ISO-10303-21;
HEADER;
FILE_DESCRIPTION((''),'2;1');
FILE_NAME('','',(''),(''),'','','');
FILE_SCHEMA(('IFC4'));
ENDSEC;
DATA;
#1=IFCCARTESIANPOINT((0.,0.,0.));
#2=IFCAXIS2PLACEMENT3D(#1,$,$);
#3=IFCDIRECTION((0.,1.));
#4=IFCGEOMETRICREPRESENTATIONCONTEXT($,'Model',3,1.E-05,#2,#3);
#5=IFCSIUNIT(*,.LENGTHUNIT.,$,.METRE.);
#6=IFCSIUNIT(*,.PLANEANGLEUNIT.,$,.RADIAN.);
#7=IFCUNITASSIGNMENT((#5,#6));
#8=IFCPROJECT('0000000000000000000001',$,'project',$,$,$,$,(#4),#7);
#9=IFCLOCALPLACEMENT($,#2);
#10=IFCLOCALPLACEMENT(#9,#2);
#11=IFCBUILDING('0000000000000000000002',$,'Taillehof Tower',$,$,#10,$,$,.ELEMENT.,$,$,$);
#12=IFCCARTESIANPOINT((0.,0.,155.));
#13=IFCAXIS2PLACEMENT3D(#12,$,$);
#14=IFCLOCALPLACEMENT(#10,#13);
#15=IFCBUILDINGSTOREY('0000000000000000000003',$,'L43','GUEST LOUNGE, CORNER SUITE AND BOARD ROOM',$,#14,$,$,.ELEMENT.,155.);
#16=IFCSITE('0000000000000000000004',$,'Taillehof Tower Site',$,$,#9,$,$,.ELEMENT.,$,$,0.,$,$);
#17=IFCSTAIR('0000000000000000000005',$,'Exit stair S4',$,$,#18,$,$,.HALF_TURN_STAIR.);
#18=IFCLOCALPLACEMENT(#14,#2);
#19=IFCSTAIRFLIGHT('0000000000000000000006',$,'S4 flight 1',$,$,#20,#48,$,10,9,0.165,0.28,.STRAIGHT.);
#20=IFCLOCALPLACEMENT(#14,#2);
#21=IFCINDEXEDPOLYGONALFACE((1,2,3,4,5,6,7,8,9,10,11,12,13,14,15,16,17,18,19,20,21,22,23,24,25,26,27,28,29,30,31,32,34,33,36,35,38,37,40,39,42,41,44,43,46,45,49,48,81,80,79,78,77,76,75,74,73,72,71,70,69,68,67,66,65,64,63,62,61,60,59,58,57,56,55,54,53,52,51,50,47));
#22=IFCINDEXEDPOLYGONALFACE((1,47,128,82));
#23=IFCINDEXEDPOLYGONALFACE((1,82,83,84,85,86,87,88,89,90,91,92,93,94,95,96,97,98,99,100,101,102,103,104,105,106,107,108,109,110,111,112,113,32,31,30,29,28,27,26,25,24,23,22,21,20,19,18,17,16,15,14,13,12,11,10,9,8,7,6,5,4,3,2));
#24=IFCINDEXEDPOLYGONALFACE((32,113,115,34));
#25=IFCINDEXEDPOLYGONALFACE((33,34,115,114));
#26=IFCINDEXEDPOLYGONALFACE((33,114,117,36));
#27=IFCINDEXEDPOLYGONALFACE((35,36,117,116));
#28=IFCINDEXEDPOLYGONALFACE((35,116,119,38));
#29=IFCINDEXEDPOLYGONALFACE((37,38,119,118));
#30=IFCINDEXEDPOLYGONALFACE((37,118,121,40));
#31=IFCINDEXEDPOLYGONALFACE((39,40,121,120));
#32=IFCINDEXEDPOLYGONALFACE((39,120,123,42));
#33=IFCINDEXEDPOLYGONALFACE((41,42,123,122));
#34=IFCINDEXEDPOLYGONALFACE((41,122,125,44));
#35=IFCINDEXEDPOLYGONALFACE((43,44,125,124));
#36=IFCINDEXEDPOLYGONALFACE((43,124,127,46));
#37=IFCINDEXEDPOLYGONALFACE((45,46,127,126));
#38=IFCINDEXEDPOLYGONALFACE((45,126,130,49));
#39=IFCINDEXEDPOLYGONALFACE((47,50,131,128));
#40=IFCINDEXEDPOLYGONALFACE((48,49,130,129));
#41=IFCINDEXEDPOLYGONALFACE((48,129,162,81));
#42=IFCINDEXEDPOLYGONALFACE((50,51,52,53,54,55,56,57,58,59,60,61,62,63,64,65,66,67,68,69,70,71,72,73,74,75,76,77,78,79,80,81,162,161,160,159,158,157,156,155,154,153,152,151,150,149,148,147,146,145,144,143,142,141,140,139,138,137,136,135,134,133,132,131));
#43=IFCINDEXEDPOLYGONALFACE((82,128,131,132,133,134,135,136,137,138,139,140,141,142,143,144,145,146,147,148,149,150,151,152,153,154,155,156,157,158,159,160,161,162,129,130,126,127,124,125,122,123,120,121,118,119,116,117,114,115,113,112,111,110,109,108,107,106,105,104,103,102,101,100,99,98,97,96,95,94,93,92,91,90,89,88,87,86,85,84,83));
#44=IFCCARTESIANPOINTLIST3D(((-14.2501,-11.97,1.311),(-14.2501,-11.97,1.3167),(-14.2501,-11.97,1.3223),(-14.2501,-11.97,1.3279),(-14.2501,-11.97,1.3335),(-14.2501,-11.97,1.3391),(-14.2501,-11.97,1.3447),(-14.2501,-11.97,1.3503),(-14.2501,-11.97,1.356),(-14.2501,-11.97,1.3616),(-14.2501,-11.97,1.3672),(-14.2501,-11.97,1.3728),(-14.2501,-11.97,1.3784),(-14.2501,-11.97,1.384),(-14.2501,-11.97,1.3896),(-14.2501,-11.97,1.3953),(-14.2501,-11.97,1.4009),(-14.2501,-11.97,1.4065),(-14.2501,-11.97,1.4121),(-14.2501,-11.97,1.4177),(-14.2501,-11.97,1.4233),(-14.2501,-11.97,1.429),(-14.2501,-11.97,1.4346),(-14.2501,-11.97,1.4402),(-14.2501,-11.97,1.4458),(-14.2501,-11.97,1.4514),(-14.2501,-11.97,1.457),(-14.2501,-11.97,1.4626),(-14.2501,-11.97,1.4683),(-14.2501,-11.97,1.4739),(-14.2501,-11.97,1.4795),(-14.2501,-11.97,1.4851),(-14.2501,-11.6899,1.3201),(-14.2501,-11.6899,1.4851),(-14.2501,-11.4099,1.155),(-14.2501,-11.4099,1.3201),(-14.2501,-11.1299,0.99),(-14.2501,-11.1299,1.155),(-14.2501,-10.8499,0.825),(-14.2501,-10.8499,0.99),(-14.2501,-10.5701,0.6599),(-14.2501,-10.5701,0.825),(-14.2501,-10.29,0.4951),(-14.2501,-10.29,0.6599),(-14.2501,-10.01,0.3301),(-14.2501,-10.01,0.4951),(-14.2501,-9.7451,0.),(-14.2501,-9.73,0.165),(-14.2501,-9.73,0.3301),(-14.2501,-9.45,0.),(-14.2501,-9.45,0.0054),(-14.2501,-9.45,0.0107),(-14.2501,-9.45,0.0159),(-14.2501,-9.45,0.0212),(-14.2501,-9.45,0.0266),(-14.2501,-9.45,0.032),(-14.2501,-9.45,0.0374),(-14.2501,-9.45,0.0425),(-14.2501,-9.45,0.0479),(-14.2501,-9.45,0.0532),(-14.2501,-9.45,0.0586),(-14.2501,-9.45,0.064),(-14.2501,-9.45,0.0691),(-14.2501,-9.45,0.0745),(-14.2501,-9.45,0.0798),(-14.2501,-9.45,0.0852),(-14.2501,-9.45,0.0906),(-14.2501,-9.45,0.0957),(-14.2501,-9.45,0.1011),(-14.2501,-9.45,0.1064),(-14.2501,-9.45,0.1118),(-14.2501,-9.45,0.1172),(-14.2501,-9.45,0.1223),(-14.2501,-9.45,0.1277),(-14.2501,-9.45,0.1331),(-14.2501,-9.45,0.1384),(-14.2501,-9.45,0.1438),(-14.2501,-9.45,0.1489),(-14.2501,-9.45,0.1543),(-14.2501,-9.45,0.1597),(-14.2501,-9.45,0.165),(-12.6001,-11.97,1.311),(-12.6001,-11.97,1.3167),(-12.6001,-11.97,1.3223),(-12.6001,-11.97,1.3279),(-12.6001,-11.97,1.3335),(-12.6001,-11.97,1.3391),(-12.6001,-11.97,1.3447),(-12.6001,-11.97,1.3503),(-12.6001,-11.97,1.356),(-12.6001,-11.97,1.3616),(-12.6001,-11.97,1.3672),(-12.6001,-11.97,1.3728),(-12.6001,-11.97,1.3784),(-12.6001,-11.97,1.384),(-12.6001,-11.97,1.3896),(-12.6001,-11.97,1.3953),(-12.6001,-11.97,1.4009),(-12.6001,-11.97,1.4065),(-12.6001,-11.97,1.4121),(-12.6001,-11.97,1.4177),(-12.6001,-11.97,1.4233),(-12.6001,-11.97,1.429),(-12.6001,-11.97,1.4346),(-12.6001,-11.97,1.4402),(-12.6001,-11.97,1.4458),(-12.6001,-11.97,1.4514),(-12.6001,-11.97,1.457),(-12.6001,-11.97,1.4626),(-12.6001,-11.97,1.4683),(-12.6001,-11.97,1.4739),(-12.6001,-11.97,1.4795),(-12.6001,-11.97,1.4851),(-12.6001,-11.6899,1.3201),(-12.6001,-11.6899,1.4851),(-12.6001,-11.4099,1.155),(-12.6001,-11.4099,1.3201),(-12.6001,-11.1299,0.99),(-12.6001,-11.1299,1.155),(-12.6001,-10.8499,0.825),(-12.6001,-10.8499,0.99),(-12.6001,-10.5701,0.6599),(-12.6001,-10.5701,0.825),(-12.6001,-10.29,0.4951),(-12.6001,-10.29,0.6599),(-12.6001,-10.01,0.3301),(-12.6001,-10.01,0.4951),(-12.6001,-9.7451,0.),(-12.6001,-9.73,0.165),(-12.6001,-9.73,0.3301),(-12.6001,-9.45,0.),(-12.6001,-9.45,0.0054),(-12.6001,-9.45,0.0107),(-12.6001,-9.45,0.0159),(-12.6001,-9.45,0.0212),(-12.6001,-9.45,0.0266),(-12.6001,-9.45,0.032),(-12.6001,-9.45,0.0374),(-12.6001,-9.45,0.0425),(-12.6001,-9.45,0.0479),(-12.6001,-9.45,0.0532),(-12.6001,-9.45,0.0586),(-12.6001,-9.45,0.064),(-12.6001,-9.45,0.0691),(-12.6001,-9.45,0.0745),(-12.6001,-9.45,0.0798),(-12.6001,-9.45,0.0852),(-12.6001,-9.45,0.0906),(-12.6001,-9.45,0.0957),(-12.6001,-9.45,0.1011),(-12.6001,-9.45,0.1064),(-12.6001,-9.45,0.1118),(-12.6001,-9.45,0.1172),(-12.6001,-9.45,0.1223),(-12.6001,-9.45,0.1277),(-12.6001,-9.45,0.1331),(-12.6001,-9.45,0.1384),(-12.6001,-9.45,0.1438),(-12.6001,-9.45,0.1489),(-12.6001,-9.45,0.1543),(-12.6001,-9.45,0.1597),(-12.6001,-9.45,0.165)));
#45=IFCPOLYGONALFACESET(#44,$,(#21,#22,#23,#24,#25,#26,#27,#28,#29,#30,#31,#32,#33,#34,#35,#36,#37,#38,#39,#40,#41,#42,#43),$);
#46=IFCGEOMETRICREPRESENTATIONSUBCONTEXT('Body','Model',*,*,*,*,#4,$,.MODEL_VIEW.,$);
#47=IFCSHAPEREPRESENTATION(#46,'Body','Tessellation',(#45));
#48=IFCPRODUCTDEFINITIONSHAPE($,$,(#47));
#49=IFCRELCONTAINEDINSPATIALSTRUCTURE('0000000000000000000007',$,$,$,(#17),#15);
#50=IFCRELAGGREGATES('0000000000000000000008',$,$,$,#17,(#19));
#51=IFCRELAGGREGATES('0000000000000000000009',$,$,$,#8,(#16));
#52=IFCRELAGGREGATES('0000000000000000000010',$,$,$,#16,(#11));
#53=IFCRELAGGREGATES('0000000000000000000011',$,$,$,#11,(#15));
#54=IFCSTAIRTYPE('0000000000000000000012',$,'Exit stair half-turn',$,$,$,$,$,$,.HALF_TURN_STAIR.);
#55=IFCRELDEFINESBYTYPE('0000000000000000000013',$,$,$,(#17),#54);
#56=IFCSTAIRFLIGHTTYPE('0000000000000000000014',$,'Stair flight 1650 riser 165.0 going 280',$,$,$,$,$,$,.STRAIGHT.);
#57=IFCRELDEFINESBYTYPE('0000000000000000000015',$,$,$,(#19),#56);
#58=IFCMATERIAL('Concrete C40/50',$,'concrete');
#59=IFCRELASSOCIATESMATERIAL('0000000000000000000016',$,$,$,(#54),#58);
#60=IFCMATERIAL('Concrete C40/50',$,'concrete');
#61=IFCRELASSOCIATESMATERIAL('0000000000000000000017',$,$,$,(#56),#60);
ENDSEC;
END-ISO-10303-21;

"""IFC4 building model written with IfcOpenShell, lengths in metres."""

from ifc_helpers import new_model, si_unit, direction, frame, origin, place, context, subcontext, project, spatial, polyline, outline, extrude, material, type_object, element, aggregate, save


model = new_model("IFC4")

# Units and contexts
model_context = context("Model", 3, precision=1e-05, world=origin(), true_north=direction((0.0, 1.0)))
body_context = subcontext(model_context, "Body", "Model", "MODEL_VIEW")
ifc_project = project(units=[si_unit("LENGTHUNIT", "METRE"), si_unit("PLANEANGLEUNIT", "RADIAN")], contexts=[model_context])

# Site, building, storey
site_placement = place(None, origin())
site = spatial("IfcSite", under=ifc_project, at=site_placement, Name="Taillehof Tower Site", CompositionType="ELEMENT", RefElevation=0.0)
building_placement = place(site_placement, origin())
building = spatial("IfcBuilding", under=site, at=building_placement, Name="Taillehof Tower", CompositionType="ELEMENT")
storey_placement = place(building_placement, frame((0.0, 0.0, 155.0)))
storey = spatial("IfcBuildingStorey", under=building, at=storey_placement, Name="L43", Description="GUEST LOUNGE, CORNER SUITE AND BOARD ROOM", CompositionType="ELEMENT", Elevation=155.0)

# Stair, stair flight
ifc_material_1 = material(Name="Concrete C40/50", Category="concrete")
stair_type = type_object("IfcStairType", Name="Exit stair half-turn", PredefinedType="HALF_TURN_STAIR", material=ifc_material_1)
stair_placement = place(storey_placement, origin())
stair = element("IfcStair", 1, at=stair_placement, inside=storey, type_object=stair_type, Name="Exit stair S4", PredefinedType="HALF_TURN_STAIR")
ifc_material_2 = material(Name="Concrete C40/50", Category="concrete")
stair_flight_type = type_object("IfcStairFlightType", Name="Stair flight 1650 riser 165.0 going 280", PredefinedType="STRAIGHT", material=ifc_material_2)
stair_flight_placement = place(storey_placement, frame((-13.425, -9.45, 0.0), z_axis=(0.0, 0.0, 1.0), x_axis=(0.0, -1.0, 0.0)))
stair_flight = element("IfcStairFlight", 2, at=stair_flight_placement, type_object=stair_flight_type, Name="S4 flight 1", NumberOfRisers=10, NumberOfTreads=9, PredefinedType="STRAIGHT", RiserHeight=0.165, TreadLength=0.28, context=body_context, shape_type="SweptSolid", body=[
    extrude(outline(polyline([(0.0, 0.0), (0.0, 0.0054), (0.0, 0.0107), (0.0, 0.0159), (0.0, 0.0212), (0.0, 0.0266), (0.0, 0.032), (0.0, 0.0374), (0.0, 0.0425), (0.0, 0.0479), (0.0, 0.0532), (0.0, 0.0586), (0.0, 0.064), (0.0, 0.0691), (0.0, 0.0745), (0.0, 0.0798), (0.0, 0.0852), (0.0, 0.0906), (0.0, 0.0957), (0.0, 0.1011), (0.0, 0.1064), (0.0, 0.1118), (0.0, 0.1172), (0.0, 0.1223), (0.0, 0.1277), (0.0, 0.1331), (0.0, 0.1384), (0.0, 0.1438), (0.0, 0.1489), (0.0, 0.1543), (0.0, 0.1597), (0.0, 0.165), (0.28, 0.165), (0.28, 0.3301), (0.5601, 0.3301), (0.5601, 0.4951), (0.8401, 0.4951), (0.8401, 0.6599), (1.1201, 0.6599), (1.1201, 0.825), (1.3999, 0.825), (1.3999, 0.99), (1.6799, 0.99), (1.6799, 1.155), (1.96, 1.155), (1.96, 1.3201), (2.24, 1.3201), (2.24, 1.4851), (2.52, 1.4851), (2.52, 1.4795), (2.52, 1.4739), (2.52, 1.4683), (2.52, 1.4626), (2.52, 1.457), (2.52, 1.4514), (2.52, 1.4458), (2.52, 1.4402), (2.52, 1.4346), (2.52, 1.429), (2.52, 1.4233), (2.52, 1.4177), (2.52, 1.4121), (2.52, 1.4065), (2.52, 1.4009), (2.52, 1.3953), (2.52, 1.3896), (2.52, 1.384), (2.52, 1.3784), (2.52, 1.3728), (2.52, 1.3672), (2.52, 1.3616), (2.52, 1.356), (2.52, 1.3503), (2.52, 1.3447), (2.52, 1.3391), (2.52, 1.3335), (2.52, 1.3279), (2.52, 1.3223), (2.52, 1.3167), (2.52, 1.311), (0.2952, 0.0), (0.0, 0.0)])), frame((0.0, 0.825, 0.0), z_axis=(0.0, -1.0, 0.0), x_axis=(1.0, 0.0, 0.0)), (0.0, 0.0, 1.0), 1.65),
])
aggregate(stair, [stair_flight])

save(model, "model.ifc")
